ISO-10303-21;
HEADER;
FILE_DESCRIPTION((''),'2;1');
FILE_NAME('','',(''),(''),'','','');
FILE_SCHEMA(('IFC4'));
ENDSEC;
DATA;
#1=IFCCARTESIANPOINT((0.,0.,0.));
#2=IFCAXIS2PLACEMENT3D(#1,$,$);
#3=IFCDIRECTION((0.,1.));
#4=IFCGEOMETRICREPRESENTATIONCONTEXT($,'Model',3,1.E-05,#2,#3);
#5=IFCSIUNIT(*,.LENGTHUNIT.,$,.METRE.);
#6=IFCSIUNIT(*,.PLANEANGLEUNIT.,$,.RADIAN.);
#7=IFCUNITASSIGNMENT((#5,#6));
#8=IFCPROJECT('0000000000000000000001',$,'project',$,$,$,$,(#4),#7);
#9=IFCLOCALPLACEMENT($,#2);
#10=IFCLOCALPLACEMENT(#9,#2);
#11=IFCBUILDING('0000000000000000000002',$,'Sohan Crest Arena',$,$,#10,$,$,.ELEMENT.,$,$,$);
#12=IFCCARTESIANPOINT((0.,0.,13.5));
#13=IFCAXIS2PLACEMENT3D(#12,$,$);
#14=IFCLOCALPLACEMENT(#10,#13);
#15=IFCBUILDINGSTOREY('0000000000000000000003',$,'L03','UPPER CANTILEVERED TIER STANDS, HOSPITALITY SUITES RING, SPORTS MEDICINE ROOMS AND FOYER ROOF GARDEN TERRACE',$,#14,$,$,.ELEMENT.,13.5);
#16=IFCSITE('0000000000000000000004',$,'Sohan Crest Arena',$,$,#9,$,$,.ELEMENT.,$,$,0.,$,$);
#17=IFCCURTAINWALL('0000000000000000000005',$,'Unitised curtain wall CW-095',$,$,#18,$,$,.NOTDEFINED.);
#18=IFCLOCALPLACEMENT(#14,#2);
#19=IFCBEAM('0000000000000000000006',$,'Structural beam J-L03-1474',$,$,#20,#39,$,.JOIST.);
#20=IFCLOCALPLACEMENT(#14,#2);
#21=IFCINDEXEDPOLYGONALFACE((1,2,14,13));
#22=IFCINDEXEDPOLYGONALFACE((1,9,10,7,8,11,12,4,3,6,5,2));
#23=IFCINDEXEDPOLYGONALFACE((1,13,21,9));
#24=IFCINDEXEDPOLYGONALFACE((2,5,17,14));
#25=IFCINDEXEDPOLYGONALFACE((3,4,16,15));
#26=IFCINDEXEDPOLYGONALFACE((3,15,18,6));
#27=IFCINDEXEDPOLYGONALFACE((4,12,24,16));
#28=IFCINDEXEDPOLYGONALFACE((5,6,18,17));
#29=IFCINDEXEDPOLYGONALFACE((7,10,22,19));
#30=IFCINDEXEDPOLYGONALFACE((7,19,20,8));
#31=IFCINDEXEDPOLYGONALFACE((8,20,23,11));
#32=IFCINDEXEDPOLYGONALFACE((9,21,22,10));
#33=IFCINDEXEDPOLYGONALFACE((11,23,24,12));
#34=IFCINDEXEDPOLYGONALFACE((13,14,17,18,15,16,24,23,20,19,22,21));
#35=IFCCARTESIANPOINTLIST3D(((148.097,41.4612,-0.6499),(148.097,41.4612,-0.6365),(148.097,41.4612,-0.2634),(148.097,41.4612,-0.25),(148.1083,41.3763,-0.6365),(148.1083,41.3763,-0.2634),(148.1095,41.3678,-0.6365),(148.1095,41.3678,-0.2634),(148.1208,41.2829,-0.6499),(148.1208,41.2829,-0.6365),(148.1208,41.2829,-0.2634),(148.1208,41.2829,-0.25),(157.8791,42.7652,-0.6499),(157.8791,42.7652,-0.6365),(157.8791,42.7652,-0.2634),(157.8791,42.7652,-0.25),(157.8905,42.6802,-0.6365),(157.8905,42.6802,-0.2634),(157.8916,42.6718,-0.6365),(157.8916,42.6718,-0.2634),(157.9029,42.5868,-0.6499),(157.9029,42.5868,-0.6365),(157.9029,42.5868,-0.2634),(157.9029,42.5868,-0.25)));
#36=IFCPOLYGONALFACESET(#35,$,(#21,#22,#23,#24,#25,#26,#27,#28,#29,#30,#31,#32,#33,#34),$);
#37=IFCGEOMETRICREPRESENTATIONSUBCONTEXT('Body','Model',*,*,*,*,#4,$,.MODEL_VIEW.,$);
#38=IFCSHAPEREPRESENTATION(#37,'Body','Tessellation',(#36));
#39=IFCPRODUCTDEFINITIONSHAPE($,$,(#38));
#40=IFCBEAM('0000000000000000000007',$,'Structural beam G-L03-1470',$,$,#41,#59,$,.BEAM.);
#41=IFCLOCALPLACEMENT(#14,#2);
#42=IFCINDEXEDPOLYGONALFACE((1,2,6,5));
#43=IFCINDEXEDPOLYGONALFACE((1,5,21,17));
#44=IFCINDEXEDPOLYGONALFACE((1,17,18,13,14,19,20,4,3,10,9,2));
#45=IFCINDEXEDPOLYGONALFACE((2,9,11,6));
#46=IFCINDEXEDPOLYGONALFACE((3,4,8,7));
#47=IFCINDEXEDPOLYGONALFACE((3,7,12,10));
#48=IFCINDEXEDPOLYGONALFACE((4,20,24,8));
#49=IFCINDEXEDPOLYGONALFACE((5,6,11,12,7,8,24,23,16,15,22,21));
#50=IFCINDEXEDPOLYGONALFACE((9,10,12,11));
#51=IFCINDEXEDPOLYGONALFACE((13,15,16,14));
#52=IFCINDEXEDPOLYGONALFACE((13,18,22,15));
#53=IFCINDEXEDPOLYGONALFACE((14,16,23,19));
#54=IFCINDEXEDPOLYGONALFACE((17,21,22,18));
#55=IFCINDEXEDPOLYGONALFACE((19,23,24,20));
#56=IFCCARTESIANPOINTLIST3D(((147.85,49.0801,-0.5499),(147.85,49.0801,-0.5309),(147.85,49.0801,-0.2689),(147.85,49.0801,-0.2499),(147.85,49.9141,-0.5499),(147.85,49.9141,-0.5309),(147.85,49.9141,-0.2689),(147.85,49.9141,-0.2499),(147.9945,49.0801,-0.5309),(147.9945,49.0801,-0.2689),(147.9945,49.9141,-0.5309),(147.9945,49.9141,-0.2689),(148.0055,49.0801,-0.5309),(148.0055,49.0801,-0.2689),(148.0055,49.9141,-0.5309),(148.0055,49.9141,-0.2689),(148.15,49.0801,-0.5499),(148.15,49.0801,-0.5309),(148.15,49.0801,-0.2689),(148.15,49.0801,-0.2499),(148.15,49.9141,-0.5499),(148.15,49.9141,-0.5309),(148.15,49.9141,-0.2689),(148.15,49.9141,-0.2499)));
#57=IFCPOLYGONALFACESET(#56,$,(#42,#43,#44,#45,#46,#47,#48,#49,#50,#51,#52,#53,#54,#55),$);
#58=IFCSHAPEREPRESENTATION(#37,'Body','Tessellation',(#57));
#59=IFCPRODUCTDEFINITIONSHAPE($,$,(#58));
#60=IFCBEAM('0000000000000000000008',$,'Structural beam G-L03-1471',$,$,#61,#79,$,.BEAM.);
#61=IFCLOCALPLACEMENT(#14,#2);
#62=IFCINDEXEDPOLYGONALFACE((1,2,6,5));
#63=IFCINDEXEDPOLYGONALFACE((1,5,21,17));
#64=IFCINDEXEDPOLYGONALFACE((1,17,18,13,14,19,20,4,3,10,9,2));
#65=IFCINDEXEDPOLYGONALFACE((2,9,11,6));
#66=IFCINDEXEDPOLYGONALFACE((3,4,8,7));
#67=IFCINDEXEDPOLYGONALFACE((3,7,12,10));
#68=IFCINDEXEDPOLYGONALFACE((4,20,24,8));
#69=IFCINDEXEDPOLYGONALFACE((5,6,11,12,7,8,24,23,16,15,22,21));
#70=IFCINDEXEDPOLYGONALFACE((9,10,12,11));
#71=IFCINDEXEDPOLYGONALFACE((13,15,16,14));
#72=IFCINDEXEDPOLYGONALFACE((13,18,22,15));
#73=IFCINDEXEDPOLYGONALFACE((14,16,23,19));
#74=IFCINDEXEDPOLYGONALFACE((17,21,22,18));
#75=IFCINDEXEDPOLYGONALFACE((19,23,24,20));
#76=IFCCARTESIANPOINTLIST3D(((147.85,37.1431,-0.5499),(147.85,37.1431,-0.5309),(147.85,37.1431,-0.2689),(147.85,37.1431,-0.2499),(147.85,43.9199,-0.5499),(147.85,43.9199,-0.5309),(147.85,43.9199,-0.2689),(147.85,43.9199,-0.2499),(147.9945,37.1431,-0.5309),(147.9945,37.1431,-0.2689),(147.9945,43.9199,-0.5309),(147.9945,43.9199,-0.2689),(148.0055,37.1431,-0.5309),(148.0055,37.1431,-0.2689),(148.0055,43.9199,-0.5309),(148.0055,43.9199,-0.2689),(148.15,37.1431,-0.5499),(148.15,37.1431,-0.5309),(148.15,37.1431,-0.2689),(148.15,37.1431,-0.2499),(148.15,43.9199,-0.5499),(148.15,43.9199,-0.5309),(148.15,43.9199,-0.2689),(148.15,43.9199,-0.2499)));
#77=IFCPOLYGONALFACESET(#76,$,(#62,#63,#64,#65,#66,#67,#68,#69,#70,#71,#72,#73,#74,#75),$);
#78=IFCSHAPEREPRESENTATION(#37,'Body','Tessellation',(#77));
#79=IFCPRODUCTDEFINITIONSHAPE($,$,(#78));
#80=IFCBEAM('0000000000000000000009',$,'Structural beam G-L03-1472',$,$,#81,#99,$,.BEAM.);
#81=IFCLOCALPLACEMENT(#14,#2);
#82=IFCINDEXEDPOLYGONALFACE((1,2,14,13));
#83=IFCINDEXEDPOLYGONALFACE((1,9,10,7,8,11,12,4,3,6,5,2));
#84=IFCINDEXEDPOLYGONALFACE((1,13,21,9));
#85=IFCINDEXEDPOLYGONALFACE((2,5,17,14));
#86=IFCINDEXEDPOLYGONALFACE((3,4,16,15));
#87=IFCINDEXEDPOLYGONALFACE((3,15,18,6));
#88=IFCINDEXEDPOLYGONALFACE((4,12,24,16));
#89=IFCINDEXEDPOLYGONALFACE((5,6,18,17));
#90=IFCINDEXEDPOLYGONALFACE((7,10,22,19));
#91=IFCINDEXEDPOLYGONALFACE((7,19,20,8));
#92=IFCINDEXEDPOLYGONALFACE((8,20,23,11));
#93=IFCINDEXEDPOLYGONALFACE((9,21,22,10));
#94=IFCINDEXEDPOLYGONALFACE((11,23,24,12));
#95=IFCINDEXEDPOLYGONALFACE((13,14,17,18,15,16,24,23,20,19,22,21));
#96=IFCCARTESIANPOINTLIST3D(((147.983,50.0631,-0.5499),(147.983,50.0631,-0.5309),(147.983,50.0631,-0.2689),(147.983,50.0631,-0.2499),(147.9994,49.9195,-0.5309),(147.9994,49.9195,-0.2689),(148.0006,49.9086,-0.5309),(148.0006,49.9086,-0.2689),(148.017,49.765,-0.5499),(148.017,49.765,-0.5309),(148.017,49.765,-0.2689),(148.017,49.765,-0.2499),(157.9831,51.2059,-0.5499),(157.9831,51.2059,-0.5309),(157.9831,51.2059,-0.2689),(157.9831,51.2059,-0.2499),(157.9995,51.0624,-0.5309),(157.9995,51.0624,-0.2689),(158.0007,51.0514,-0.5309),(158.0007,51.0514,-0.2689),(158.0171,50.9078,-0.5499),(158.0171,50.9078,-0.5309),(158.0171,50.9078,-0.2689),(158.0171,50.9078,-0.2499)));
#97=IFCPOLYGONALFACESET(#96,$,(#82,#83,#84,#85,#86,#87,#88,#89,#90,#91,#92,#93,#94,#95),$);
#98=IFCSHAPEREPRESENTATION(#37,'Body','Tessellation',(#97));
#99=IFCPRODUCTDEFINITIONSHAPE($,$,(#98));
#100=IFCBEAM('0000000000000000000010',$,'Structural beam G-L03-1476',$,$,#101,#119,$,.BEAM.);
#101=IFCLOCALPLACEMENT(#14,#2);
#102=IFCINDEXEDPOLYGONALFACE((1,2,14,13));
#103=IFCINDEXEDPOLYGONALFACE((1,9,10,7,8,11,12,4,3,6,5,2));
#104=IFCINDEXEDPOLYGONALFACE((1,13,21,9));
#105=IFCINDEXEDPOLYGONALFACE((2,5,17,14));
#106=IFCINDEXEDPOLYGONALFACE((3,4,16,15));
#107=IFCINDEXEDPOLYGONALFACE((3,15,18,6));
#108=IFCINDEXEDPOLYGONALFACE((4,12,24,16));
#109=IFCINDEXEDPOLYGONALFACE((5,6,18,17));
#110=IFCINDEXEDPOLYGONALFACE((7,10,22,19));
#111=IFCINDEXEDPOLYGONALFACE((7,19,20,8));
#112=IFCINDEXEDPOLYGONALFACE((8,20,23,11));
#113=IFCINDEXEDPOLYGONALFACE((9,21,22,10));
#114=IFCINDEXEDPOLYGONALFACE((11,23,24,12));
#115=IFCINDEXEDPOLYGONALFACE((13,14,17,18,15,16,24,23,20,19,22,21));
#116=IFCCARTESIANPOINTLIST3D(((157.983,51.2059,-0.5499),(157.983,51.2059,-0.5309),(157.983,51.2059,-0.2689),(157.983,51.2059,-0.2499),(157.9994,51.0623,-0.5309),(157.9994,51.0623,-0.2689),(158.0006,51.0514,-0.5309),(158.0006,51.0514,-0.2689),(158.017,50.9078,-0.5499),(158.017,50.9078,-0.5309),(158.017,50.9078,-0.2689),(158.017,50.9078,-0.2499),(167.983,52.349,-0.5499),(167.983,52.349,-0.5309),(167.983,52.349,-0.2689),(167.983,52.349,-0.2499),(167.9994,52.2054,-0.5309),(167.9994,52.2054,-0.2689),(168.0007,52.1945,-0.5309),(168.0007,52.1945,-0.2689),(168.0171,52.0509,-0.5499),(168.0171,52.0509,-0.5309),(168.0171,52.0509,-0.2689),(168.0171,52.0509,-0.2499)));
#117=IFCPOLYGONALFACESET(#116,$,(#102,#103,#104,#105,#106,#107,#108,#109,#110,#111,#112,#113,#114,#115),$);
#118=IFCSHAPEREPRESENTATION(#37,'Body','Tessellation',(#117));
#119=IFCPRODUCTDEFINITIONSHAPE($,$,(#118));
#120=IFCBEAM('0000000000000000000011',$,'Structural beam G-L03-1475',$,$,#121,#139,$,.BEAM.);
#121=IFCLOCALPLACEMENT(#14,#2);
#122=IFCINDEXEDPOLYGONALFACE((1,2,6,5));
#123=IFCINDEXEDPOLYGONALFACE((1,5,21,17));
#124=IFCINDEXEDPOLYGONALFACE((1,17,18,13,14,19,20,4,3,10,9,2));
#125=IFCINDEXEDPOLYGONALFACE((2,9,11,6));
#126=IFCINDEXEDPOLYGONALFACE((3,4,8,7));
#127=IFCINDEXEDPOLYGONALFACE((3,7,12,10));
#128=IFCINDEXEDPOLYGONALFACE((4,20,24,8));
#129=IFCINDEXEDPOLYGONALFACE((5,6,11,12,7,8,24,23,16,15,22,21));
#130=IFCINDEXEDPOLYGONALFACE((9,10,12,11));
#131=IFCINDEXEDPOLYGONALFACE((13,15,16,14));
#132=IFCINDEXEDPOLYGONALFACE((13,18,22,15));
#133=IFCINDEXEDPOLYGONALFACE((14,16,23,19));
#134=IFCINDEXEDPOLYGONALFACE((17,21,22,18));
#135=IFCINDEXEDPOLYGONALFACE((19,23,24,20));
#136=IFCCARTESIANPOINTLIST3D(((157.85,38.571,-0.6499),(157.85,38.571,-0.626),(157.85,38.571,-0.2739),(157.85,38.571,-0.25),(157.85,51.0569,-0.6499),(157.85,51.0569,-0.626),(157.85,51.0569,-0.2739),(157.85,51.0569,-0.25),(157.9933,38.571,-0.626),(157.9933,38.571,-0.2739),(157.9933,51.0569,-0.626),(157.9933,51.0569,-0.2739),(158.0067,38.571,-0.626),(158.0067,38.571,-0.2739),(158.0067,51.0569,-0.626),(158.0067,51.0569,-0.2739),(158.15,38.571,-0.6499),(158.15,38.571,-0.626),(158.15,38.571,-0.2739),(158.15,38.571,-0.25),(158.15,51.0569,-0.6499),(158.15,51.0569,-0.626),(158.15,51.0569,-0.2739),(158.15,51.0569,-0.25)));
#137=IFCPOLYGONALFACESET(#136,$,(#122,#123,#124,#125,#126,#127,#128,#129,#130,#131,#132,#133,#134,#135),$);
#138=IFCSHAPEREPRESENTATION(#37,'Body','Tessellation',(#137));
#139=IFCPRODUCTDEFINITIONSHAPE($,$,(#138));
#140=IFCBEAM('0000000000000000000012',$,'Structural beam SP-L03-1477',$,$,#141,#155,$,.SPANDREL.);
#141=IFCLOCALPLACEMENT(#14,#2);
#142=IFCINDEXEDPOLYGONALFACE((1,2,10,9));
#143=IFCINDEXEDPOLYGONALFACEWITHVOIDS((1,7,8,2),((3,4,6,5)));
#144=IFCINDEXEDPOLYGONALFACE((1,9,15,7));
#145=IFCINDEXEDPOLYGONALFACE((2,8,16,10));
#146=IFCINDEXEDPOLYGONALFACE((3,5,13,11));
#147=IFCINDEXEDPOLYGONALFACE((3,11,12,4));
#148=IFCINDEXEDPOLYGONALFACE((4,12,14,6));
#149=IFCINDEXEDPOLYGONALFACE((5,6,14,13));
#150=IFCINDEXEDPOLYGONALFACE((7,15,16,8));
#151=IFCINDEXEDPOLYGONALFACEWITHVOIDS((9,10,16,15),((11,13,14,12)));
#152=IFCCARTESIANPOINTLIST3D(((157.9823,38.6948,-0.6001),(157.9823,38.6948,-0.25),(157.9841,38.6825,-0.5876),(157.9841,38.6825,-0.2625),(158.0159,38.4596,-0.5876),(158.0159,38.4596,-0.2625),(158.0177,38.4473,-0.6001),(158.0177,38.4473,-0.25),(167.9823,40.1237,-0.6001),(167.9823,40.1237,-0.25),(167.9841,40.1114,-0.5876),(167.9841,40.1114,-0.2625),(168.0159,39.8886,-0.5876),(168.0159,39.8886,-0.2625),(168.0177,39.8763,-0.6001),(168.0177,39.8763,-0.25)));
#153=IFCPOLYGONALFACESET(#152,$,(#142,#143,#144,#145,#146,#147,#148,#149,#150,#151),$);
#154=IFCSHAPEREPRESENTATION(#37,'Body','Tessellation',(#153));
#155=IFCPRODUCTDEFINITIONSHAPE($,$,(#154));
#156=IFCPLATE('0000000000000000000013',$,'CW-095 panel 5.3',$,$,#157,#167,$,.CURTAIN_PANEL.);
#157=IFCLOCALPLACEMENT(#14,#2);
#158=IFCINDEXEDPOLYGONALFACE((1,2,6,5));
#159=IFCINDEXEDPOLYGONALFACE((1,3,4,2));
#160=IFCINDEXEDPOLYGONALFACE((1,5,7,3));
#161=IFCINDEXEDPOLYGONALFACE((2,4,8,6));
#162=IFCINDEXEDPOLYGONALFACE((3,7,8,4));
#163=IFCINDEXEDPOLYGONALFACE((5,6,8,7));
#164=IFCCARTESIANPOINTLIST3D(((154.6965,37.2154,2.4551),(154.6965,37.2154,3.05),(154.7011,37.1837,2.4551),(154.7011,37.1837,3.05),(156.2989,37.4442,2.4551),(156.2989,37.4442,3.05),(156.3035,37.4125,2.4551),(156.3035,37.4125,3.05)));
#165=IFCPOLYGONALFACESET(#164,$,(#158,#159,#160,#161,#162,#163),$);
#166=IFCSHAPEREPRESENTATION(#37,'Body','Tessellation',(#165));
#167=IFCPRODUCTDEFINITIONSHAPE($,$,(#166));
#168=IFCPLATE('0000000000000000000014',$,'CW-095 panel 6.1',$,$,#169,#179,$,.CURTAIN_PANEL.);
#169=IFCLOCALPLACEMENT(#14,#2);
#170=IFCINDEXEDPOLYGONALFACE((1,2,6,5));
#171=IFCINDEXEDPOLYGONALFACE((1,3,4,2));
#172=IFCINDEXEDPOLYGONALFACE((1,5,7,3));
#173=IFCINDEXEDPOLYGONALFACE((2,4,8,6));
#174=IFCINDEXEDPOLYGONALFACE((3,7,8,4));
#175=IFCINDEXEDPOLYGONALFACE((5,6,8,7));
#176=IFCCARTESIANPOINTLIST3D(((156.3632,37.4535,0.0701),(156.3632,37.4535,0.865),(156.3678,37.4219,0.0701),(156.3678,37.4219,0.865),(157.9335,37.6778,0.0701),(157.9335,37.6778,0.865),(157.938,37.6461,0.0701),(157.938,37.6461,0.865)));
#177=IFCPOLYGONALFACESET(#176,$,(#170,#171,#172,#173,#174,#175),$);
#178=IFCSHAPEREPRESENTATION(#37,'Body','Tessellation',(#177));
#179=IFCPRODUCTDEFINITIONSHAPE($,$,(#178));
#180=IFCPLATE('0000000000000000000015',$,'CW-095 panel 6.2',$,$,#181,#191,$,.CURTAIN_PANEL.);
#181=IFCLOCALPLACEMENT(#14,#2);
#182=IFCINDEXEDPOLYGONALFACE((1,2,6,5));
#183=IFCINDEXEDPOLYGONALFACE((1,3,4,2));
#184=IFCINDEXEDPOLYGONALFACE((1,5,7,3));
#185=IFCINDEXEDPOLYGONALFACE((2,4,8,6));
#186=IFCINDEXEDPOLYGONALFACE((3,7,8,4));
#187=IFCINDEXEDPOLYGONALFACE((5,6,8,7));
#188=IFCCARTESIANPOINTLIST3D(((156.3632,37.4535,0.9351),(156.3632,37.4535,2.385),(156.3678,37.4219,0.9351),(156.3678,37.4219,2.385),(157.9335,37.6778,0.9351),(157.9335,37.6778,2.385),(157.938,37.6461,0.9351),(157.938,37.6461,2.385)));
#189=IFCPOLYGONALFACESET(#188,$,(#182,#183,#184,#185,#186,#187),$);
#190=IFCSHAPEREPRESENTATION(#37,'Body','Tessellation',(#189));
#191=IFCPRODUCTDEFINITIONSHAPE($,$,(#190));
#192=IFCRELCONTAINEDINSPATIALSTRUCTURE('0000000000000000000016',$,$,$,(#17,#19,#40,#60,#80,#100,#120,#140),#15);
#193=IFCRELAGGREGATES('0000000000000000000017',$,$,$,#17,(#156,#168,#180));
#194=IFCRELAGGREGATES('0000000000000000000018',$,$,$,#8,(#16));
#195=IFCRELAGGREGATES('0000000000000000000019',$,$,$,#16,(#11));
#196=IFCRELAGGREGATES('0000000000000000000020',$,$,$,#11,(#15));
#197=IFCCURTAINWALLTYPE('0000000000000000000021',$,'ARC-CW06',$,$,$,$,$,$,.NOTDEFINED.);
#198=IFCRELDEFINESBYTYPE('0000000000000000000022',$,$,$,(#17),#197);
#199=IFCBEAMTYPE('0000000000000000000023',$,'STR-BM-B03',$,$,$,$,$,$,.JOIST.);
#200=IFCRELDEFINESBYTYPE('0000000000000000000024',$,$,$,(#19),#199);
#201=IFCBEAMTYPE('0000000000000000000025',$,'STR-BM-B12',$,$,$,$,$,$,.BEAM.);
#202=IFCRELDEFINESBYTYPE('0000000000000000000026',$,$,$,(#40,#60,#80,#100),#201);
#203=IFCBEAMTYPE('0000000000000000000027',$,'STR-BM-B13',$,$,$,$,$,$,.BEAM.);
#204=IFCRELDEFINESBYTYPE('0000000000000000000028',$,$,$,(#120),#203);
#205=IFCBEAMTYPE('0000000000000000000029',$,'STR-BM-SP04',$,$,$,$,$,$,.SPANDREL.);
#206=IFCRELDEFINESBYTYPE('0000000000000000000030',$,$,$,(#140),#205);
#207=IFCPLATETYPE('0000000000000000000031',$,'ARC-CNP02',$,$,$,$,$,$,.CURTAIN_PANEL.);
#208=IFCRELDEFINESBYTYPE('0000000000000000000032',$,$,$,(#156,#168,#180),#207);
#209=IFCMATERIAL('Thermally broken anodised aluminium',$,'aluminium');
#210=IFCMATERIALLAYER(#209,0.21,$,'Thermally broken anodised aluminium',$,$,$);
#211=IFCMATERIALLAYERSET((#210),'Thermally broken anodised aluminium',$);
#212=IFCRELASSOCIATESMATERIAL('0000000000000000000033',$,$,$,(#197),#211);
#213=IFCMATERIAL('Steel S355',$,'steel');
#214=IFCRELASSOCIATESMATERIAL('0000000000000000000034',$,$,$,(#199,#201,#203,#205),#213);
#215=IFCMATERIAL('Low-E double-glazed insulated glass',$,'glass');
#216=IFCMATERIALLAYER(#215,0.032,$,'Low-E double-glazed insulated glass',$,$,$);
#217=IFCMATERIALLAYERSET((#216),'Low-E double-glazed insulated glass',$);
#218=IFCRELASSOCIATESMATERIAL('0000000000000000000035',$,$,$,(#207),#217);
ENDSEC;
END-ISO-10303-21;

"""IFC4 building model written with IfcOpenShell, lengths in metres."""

from ifc_helpers import new_model, si_unit, direction, frame, origin, origin_2d, place, context, subcontext, project, spatial, rectangle, hollow_rectangle, i_section, extrude, material, layer, layer_set, material_profile, profile_set, type_object, element, aggregate, save


model = new_model("IFC4")

# Units and contexts
model_context = context("Model", 3, precision=1e-05, world=origin(), true_north=direction((0.0, 1.0)))
body_context = subcontext(model_context, "Body", "Model", "MODEL_VIEW")
ifc_project = project(units=[si_unit("LENGTHUNIT", "METRE"), si_unit("PLANEANGLEUNIT", "RADIAN")], contexts=[model_context])

# Site, building, storey
site_placement = place(None, origin())
site = spatial("IfcSite", under=ifc_project, at=site_placement, Name="Sohan Crest Arena", CompositionType="ELEMENT", RefElevation=0.0)
building_placement = place(site_placement, origin())
building = spatial("IfcBuilding", under=site, at=building_placement, Name="Sohan Crest Arena", CompositionType="ELEMENT")
storey_placement = place(building_placement, frame((0.0, 0.0, 13.5)))
storey = spatial("IfcBuildingStorey", under=building, at=storey_placement, Name="L03", Description="UPPER CANTILEVERED TIER STANDS, HOSPITALITY SUITES RING, SPORTS MEDICINE ROOMS AND FOYER ROOF GARDEN TERRACE", CompositionType="ELEMENT", Elevation=13.5)

# Shared definitions
ifc_material_1 = material(Name="Steel S355", Category="steel")

# Curtain wall
ifc_material_2 = material(Name="Thermally broken anodised aluminium", Category="aluminium")
ifc_layer_1 = layer(ifc_material_2, 0.21, Name="Thermally broken anodised aluminium")
ifc_layer_set_1 = layer_set([ifc_layer_1], Name="Thermally broken anodised aluminium")
curtain_wall_type = type_object("IfcCurtainWallType", Name="ARC-CW06", PredefinedType="NOTDEFINED", material=ifc_layer_set_1)
curtain_wall_placement = place(storey_placement, origin())
curtain_wall = element("IfcCurtainWall", 1, at=curtain_wall_placement, inside=storey, type_object=curtain_wall_type, Name="Unitised curtain wall CW-095", PredefinedType="NOTDEFINED")

# Beams
ifc_material_profile_1 = material_profile(ifc_material_1, i_section(OverallWidth=0.1799, OverallDepth=0.3999, WebThickness=0.0085, FlangeThickness=0.0134, at=origin_2d()), Name="IPE 400")
ifc_profile_set_1 = profile_set([ifc_material_profile_1], Name="Steel S355")
beam_type_1 = type_object("IfcBeamType", Name="STR-BM-B03", PredefinedType="JOIST", material=ifc_profile_set_1)
beam_1_placement = place(storey_placement, frame((148.1089, 41.3721, -0.45), z_axis=(0.991232, 0.13213, 0.0), x_axis=(-0.13213, 0.991232, 0.0)))
element("IfcBeam", 2, at=beam_1_placement, inside=storey, type_object=beam_type_1, Name="Structural beam J-L03-1474", PredefinedType="JOIST", context=body_context, shape_type="SweptSolid", body=[
    extrude(i_section(OverallWidth=0.1799, OverallDepth=0.3999, WebThickness=0.0085, FlangeThickness=0.0134, at=origin_2d()), origin(), (0.0, 0.0, 1.0), 9.8687),
])
ifc_material_profile_2 = material_profile(ifc_material_1, i_section(OverallWidth=0.3, OverallDepth=0.3, WebThickness=0.011, FlangeThickness=0.019, at=origin_2d()), Name="HEB 300")
ifc_profile_set_2 = profile_set([ifc_material_profile_2], Name="Steel S355")
beam_type_2 = type_object("IfcBeamType", Name="STR-BM-B12", PredefinedType="BEAM", material=ifc_profile_set_2)
beam_2_placement = place(storey_placement, frame((148.0, 49.9141, -0.3999), z_axis=(0.0, -1.0, 0.0), x_axis=(1.0, 0.0, 0.0)))
element("IfcBeam", 3, at=beam_2_placement, inside=storey, type_object=beam_type_2, Name="Structural beam G-L03-1470", PredefinedType="BEAM", context=body_context, shape_type="SweptSolid", body=[
    extrude(i_section(OverallWidth=0.3, OverallDepth=0.3, WebThickness=0.011, FlangeThickness=0.019, at=origin_2d()), origin(), (0.0, 0.0, 1.0), 0.834),
])
beam_3_placement = place(storey_placement, frame((148.0, 43.9199, -0.3999), z_axis=(0.0, -1.0, 0.0), x_axis=(1.0, 0.0, 0.0)))
element("IfcBeam", 4, at=beam_3_placement, inside=storey, type_object=beam_type_2, Name="Structural beam G-L03-1471", PredefinedType="BEAM", context=body_context, shape_type="SweptSolid", body=[
    extrude(i_section(OverallWidth=0.3, OverallDepth=0.3, WebThickness=0.011, FlangeThickness=0.019, at=origin_2d()), origin(), (0.0, 0.0, 1.0), 6.7769),
])
for number, where, z_axis, x_axis, name in (
    (5, (148.0, 49.9141, -0.3999), (0.993533, 0.113543, 0.0), (-0.113543, 0.993533, 0.0), "Structural beam G-L03-1472"),
    (6, (158.0, 51.0569, -0.3999), (0.99353, 0.113567, 0.0), (-0.113567, 0.99353, 0.0), "Structural beam G-L03-1476"),
):
    element("IfcBeam", number, at=place(storey_placement, frame(where, z_axis=z_axis, x_axis=x_axis)), inside=storey, type_object=beam_type_2, Name=name, PredefinedType="BEAM", context=body_context, shape_type="SweptSolid", body=[
        extrude(i_section(OverallWidth=0.3, OverallDepth=0.3, WebThickness=0.011, FlangeThickness=0.019, at=origin_2d()), origin(), (0.0, 0.0, 1.0), 10.0652),
    ])
ifc_material_profile_3 = material_profile(ifc_material_1, i_section(OverallWidth=0.3, OverallDepth=0.3999, WebThickness=0.0134, FlangeThickness=0.0239, at=origin_2d()), Name="HEB 400")
ifc_profile_set_3 = profile_set([ifc_material_profile_3], Name="Steel S355")
beam_type_3 = type_object("IfcBeamType", Name="STR-BM-B13", PredefinedType="BEAM", material=ifc_profile_set_3)
beam_4_placement = place(storey_placement, frame((158.0, 51.0569, -0.45), z_axis=(0.0, -1.0, 0.0), x_axis=(1.0, 0.0, 0.0)))
element("IfcBeam", 7, at=beam_4_placement, inside=storey, type_object=beam_type_3, Name="Structural beam G-L03-1475", PredefinedType="BEAM", context=body_context, shape_type="SweptSolid", body=[
    extrude(i_section(OverallWidth=0.3, OverallDepth=0.3999, WebThickness=0.0134, FlangeThickness=0.0239, at=origin_2d()), origin(), (0.0, 0.0, 1.0), 12.4858),
])
ifc_material_profile_4 = material_profile(ifc_material_1, hollow_rectangle(XDim=0.25, YDim=0.3501, WallThickness=0.0125, at=origin_2d()), Name="RHS 350x250x12.5")
ifc_profile_set_4 = profile_set([ifc_material_profile_4], Name="Steel S355")
beam_type_4 = type_object("IfcBeamType", Name="STR-BM-SP04", PredefinedType="SPANDREL", material=ifc_profile_set_4)
beam_5_placement = place(storey_placement, frame((158.0, 38.571, -0.425), z_axis=(0.989944, 0.141459, 0.0), x_axis=(-0.141459, 0.989944, 0.0)))
element("IfcBeam", 8, at=beam_5_placement, inside=storey, type_object=beam_type_4, Name="Structural beam SP-L03-1477", PredefinedType="SPANDREL", context=body_context, shape_type="SweptSolid", body=[
    extrude(hollow_rectangle(XDim=0.25, YDim=0.3501, WallThickness=0.0125, at=origin_2d()), origin(), (0.0, 0.0, 1.0), 10.1016),
])

# Plates
ifc_material_3 = material(Name="Low-E double-glazed insulated glass", Category="glass")
ifc_layer_2 = layer(ifc_material_3, 0.032, Name="Low-E double-glazed insulated glass")
ifc_layer_set_2 = layer_set([ifc_layer_2], Name="Low-E double-glazed insulated glass")
plate_type = type_object("IfcPlateType", Name="ARC-CNP02", PredefinedType="CURTAIN_PANEL", material=ifc_layer_set_2)
plate_1_placement = place(storey_placement, frame((155.5, 37.314, 2.4551), z_axis=(0.0, 0.0, 1.0), x_axis=(0.989957, 0.141366, 0.0)))
plate_1 = element("IfcPlate", 9, at=plate_1_placement, type_object=plate_type, Name="CW-095 panel 5.3", PredefinedType="CURTAIN_PANEL", context=body_context, shape_type="SweptSolid", body=[
    extrude(rectangle(XDim=1.6187, YDim=0.032, at=origin_2d()), origin(), (0.0, 0.0, 1.0), 0.595),
])
plate_2_placement = place(storey_placement, frame((157.1506, 37.5498, 0.0701), z_axis=(0.0, 0.0, 1.0), x_axis=(0.989957, 0.141366, 0.0)))
plate_2 = element("IfcPlate", 10, at=plate_2_placement, type_object=plate_type, Name="CW-095 panel 6.1", PredefinedType="CURTAIN_PANEL", context=body_context, shape_type="SweptSolid", body=[
    extrude(rectangle(XDim=1.5862, YDim=0.032, at=origin_2d()), origin(), (0.0, 0.0, 1.0), 0.7949),
])
plate_3_placement = place(storey_placement, frame((157.1506, 37.5498, 0.9351), z_axis=(0.0, 0.0, 1.0), x_axis=(0.989957, 0.141366, 0.0)))
plate_3 = element("IfcPlate", 11, at=plate_3_placement, type_object=plate_type, Name="CW-095 panel 6.2", PredefinedType="CURTAIN_PANEL", context=body_context, shape_type="SweptSolid", body=[
    extrude(rectangle(XDim=1.5862, YDim=0.032, at=origin_2d()), origin(), (0.0, 0.0, 1.0), 1.45),
])
aggregate(curtain_wall, [plate_1, plate_2, plate_3])

save(model, "model.ifc")
